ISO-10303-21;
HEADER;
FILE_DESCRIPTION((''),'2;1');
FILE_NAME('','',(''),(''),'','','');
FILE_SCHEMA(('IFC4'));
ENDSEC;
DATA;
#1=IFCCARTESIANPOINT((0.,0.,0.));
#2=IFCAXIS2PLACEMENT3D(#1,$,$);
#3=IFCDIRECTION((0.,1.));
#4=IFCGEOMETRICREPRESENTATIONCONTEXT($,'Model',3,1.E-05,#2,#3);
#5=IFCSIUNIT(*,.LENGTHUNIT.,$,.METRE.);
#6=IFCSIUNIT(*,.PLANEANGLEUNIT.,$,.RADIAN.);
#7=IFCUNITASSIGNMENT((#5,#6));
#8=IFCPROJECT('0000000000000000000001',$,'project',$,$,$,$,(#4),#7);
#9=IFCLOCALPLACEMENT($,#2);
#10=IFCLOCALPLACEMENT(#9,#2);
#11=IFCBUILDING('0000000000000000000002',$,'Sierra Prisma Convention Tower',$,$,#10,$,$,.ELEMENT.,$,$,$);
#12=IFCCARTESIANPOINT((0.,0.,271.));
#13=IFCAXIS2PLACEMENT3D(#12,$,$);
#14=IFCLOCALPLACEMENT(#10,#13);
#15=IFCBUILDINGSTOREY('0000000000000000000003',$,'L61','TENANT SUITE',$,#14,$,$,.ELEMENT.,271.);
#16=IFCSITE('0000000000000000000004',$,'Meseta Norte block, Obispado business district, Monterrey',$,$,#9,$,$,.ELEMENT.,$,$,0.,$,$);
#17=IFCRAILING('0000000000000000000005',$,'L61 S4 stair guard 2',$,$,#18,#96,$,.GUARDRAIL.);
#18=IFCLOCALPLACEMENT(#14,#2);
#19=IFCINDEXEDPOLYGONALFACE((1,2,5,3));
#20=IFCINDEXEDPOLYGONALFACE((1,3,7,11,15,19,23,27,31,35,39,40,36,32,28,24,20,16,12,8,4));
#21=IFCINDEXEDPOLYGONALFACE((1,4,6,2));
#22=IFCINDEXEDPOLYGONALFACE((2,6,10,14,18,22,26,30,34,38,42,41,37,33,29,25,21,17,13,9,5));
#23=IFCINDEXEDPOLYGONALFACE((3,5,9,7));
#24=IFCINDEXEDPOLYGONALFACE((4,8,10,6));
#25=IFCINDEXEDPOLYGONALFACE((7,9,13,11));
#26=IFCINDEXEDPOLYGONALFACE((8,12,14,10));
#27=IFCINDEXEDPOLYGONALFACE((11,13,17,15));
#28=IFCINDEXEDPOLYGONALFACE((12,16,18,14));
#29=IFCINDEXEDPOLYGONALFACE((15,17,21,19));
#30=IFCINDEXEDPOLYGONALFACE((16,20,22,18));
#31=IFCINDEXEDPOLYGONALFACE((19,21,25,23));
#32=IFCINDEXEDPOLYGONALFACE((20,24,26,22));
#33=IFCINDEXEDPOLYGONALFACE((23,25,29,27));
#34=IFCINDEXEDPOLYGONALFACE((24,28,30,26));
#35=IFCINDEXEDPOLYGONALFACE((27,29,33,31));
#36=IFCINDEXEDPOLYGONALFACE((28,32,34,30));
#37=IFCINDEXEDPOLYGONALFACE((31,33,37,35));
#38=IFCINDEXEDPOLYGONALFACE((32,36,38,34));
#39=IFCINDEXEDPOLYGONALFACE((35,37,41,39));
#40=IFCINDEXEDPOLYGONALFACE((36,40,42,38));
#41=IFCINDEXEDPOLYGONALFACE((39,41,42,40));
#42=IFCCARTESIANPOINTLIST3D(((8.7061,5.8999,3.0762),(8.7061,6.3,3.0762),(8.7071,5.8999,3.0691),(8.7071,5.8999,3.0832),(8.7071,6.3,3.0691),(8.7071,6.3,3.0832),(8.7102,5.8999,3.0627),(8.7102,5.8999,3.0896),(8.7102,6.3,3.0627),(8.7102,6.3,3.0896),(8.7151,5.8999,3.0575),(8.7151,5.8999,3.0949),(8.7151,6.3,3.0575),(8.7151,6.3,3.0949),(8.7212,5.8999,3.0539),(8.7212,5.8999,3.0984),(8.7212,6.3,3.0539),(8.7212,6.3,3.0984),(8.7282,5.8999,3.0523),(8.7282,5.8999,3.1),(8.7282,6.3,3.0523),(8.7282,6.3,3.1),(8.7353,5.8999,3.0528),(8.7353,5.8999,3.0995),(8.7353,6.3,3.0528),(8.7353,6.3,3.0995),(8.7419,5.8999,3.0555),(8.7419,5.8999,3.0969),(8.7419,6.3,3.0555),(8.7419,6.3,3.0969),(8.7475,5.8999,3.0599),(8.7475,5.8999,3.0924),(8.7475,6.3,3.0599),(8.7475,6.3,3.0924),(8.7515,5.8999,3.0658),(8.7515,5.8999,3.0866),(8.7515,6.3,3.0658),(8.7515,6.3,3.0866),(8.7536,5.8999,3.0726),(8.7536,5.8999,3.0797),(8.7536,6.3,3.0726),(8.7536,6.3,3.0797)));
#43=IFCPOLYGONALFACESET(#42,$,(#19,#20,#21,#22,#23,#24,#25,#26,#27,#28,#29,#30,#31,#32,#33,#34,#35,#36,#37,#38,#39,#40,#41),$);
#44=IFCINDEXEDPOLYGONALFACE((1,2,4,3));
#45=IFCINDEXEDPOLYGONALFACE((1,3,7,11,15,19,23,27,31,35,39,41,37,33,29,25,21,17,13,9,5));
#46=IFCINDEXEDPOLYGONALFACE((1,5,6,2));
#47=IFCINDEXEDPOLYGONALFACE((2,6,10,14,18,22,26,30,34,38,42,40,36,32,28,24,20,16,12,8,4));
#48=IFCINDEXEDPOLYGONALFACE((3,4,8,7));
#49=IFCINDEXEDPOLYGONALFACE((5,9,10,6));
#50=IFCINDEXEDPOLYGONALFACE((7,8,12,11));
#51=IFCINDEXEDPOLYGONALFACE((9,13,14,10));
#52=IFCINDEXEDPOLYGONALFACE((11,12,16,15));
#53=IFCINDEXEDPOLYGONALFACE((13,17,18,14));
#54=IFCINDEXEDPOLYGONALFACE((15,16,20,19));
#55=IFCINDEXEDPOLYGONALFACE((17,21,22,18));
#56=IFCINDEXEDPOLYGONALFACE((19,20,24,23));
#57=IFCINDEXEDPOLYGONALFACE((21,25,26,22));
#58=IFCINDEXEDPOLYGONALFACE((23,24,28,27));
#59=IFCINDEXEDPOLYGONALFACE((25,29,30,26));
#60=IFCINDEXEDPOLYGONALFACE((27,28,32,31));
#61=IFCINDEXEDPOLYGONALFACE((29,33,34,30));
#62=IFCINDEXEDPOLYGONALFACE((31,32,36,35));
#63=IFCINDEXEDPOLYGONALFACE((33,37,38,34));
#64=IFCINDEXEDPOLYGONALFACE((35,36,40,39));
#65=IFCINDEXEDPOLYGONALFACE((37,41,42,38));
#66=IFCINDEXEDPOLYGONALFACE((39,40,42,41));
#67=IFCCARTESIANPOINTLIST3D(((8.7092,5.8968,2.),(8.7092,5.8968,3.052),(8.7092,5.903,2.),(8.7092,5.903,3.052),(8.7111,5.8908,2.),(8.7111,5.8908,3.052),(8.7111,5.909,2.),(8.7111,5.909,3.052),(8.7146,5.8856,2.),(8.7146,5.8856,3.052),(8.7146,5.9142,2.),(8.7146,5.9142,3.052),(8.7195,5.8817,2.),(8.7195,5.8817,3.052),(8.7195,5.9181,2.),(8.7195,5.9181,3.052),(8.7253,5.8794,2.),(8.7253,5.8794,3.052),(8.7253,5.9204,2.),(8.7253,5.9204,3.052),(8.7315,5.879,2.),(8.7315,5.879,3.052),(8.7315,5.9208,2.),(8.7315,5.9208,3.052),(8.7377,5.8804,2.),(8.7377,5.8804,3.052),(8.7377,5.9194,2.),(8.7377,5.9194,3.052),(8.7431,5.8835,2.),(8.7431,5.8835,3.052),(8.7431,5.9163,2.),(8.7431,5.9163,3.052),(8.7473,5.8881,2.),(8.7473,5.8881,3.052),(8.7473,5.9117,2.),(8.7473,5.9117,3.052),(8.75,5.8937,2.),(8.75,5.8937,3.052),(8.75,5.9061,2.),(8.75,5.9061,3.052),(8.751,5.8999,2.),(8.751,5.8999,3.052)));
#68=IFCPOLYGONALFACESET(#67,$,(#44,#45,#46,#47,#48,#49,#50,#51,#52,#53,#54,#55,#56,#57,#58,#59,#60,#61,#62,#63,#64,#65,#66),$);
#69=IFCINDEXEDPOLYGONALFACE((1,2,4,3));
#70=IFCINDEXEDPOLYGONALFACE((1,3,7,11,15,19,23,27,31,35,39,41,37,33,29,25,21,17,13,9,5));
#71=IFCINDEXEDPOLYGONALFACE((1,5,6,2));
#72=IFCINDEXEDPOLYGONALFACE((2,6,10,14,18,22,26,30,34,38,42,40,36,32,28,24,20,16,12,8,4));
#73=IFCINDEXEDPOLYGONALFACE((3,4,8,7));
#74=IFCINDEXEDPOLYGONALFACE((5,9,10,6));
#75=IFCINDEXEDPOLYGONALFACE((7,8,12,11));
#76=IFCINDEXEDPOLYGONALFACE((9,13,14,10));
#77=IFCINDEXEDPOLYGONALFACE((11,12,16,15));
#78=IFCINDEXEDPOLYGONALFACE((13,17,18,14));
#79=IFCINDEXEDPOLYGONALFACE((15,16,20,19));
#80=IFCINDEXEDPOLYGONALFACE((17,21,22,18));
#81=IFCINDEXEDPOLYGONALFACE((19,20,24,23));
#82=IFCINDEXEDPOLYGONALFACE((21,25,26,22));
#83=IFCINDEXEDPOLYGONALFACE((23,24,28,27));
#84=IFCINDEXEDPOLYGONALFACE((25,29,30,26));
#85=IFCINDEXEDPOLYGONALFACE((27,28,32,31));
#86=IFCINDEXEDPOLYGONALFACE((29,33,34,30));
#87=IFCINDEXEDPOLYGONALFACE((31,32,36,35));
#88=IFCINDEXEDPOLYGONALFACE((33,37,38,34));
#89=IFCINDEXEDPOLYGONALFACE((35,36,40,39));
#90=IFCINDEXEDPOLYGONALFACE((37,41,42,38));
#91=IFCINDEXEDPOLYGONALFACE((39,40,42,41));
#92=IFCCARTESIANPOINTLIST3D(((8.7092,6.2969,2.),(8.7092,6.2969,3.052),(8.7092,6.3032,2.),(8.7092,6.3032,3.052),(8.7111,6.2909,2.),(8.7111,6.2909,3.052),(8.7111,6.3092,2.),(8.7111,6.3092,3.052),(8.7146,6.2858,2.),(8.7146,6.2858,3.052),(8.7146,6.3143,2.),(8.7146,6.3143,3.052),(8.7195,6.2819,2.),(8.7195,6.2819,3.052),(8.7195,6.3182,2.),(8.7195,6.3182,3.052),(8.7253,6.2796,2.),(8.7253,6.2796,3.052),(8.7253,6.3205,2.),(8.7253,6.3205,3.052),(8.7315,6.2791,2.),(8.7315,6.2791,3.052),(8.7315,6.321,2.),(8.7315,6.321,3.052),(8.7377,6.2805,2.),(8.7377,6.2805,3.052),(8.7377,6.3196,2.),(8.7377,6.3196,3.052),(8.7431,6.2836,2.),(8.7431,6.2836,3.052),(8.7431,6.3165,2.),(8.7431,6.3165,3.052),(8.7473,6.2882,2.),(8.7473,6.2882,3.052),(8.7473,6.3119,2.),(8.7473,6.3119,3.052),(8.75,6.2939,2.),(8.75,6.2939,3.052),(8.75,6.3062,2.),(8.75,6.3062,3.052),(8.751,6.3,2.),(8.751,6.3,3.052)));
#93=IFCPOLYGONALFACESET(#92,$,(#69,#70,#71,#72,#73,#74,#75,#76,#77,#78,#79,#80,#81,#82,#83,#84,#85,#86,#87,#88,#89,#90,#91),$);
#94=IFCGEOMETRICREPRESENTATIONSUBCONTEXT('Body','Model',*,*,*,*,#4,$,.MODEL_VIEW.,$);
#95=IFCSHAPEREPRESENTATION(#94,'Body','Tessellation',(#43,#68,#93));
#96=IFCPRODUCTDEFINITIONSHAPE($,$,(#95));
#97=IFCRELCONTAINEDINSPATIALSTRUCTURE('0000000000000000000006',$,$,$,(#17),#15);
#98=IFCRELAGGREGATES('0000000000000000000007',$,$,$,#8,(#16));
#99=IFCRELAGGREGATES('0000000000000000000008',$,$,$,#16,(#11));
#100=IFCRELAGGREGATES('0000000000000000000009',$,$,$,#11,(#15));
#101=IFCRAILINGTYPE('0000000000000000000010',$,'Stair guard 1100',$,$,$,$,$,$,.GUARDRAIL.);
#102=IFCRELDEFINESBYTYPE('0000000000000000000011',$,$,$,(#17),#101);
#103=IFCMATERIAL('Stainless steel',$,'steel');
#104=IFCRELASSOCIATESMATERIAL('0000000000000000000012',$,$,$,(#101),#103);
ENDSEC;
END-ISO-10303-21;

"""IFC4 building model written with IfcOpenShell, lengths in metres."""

from ifc_helpers import new_model, si_unit, direction, frame, origin, origin_2d, place, context, subcontext, project, spatial, circle, extrude, material, type_object, element, save


model = new_model("IFC4")

# Units and contexts
model_context = context("Model", 3, precision=1e-05, world=origin(), true_north=direction((0.0, 1.0)))
body_context = subcontext(model_context, "Body", "Model", "MODEL_VIEW")
ifc_project = project(units=[si_unit("LENGTHUNIT", "METRE"), si_unit("PLANEANGLEUNIT", "RADIAN")], contexts=[model_context])

# Site, building, storey
site_placement = place(None, origin())
site = spatial("IfcSite", under=ifc_project, at=site_placement, Name="Meseta Norte block, Obispado business district, Monterrey", CompositionType="ELEMENT", RefElevation=0.0)
building_placement = place(site_placement, origin())
building = spatial("IfcBuilding", under=site, at=building_placement, Name="Sierra Prisma Convention Tower", CompositionType="ELEMENT")
storey_placement = place(building_placement, frame((0.0, 0.0, 271.0)))
storey = spatial("IfcBuildingStorey", under=building, at=storey_placement, Name="L61", Description="TENANT SUITE", CompositionType="ELEMENT", Elevation=271.0)

# Railing
ifc_material_1 = material(Name="Stainless steel", Category="steel")
railing_type_1 = type_object("IfcRailingType", Name="Stair guard 1100", PredefinedType="GUARDRAIL", material=ifc_material_1)
railing_1_placement = place(storey_placement, frame((8.73, 5.8999, 2.0)))
element("IfcRailing", 1, at=railing_1_placement, inside=storey, type_object=railing_type_1, Name="L61 S4 stair guard 2", PredefinedType="GUARDRAIL", context=body_context, shape_type="SweptSolid", body=[
    extrude(circle(Radius=0.0239, at=origin_2d()), frame((0.0, 0.0, 1.0762), z_axis=(0.0, 1.0, 0.0), x_axis=(-1.0, 0.0, 0.0)), (0.0, 0.0, 1.0), 0.4001),
    extrude(circle(Radius=0.021, at=origin_2d()), origin(), (0.0, 0.0, 1.0), 1.052),
    extrude(circle(Radius=0.021, at=origin_2d()), frame((0.0, 0.4001, 0.0)), (0.0, 0.0, 1.0), 1.052),
])

save(model, "model.ifc")
